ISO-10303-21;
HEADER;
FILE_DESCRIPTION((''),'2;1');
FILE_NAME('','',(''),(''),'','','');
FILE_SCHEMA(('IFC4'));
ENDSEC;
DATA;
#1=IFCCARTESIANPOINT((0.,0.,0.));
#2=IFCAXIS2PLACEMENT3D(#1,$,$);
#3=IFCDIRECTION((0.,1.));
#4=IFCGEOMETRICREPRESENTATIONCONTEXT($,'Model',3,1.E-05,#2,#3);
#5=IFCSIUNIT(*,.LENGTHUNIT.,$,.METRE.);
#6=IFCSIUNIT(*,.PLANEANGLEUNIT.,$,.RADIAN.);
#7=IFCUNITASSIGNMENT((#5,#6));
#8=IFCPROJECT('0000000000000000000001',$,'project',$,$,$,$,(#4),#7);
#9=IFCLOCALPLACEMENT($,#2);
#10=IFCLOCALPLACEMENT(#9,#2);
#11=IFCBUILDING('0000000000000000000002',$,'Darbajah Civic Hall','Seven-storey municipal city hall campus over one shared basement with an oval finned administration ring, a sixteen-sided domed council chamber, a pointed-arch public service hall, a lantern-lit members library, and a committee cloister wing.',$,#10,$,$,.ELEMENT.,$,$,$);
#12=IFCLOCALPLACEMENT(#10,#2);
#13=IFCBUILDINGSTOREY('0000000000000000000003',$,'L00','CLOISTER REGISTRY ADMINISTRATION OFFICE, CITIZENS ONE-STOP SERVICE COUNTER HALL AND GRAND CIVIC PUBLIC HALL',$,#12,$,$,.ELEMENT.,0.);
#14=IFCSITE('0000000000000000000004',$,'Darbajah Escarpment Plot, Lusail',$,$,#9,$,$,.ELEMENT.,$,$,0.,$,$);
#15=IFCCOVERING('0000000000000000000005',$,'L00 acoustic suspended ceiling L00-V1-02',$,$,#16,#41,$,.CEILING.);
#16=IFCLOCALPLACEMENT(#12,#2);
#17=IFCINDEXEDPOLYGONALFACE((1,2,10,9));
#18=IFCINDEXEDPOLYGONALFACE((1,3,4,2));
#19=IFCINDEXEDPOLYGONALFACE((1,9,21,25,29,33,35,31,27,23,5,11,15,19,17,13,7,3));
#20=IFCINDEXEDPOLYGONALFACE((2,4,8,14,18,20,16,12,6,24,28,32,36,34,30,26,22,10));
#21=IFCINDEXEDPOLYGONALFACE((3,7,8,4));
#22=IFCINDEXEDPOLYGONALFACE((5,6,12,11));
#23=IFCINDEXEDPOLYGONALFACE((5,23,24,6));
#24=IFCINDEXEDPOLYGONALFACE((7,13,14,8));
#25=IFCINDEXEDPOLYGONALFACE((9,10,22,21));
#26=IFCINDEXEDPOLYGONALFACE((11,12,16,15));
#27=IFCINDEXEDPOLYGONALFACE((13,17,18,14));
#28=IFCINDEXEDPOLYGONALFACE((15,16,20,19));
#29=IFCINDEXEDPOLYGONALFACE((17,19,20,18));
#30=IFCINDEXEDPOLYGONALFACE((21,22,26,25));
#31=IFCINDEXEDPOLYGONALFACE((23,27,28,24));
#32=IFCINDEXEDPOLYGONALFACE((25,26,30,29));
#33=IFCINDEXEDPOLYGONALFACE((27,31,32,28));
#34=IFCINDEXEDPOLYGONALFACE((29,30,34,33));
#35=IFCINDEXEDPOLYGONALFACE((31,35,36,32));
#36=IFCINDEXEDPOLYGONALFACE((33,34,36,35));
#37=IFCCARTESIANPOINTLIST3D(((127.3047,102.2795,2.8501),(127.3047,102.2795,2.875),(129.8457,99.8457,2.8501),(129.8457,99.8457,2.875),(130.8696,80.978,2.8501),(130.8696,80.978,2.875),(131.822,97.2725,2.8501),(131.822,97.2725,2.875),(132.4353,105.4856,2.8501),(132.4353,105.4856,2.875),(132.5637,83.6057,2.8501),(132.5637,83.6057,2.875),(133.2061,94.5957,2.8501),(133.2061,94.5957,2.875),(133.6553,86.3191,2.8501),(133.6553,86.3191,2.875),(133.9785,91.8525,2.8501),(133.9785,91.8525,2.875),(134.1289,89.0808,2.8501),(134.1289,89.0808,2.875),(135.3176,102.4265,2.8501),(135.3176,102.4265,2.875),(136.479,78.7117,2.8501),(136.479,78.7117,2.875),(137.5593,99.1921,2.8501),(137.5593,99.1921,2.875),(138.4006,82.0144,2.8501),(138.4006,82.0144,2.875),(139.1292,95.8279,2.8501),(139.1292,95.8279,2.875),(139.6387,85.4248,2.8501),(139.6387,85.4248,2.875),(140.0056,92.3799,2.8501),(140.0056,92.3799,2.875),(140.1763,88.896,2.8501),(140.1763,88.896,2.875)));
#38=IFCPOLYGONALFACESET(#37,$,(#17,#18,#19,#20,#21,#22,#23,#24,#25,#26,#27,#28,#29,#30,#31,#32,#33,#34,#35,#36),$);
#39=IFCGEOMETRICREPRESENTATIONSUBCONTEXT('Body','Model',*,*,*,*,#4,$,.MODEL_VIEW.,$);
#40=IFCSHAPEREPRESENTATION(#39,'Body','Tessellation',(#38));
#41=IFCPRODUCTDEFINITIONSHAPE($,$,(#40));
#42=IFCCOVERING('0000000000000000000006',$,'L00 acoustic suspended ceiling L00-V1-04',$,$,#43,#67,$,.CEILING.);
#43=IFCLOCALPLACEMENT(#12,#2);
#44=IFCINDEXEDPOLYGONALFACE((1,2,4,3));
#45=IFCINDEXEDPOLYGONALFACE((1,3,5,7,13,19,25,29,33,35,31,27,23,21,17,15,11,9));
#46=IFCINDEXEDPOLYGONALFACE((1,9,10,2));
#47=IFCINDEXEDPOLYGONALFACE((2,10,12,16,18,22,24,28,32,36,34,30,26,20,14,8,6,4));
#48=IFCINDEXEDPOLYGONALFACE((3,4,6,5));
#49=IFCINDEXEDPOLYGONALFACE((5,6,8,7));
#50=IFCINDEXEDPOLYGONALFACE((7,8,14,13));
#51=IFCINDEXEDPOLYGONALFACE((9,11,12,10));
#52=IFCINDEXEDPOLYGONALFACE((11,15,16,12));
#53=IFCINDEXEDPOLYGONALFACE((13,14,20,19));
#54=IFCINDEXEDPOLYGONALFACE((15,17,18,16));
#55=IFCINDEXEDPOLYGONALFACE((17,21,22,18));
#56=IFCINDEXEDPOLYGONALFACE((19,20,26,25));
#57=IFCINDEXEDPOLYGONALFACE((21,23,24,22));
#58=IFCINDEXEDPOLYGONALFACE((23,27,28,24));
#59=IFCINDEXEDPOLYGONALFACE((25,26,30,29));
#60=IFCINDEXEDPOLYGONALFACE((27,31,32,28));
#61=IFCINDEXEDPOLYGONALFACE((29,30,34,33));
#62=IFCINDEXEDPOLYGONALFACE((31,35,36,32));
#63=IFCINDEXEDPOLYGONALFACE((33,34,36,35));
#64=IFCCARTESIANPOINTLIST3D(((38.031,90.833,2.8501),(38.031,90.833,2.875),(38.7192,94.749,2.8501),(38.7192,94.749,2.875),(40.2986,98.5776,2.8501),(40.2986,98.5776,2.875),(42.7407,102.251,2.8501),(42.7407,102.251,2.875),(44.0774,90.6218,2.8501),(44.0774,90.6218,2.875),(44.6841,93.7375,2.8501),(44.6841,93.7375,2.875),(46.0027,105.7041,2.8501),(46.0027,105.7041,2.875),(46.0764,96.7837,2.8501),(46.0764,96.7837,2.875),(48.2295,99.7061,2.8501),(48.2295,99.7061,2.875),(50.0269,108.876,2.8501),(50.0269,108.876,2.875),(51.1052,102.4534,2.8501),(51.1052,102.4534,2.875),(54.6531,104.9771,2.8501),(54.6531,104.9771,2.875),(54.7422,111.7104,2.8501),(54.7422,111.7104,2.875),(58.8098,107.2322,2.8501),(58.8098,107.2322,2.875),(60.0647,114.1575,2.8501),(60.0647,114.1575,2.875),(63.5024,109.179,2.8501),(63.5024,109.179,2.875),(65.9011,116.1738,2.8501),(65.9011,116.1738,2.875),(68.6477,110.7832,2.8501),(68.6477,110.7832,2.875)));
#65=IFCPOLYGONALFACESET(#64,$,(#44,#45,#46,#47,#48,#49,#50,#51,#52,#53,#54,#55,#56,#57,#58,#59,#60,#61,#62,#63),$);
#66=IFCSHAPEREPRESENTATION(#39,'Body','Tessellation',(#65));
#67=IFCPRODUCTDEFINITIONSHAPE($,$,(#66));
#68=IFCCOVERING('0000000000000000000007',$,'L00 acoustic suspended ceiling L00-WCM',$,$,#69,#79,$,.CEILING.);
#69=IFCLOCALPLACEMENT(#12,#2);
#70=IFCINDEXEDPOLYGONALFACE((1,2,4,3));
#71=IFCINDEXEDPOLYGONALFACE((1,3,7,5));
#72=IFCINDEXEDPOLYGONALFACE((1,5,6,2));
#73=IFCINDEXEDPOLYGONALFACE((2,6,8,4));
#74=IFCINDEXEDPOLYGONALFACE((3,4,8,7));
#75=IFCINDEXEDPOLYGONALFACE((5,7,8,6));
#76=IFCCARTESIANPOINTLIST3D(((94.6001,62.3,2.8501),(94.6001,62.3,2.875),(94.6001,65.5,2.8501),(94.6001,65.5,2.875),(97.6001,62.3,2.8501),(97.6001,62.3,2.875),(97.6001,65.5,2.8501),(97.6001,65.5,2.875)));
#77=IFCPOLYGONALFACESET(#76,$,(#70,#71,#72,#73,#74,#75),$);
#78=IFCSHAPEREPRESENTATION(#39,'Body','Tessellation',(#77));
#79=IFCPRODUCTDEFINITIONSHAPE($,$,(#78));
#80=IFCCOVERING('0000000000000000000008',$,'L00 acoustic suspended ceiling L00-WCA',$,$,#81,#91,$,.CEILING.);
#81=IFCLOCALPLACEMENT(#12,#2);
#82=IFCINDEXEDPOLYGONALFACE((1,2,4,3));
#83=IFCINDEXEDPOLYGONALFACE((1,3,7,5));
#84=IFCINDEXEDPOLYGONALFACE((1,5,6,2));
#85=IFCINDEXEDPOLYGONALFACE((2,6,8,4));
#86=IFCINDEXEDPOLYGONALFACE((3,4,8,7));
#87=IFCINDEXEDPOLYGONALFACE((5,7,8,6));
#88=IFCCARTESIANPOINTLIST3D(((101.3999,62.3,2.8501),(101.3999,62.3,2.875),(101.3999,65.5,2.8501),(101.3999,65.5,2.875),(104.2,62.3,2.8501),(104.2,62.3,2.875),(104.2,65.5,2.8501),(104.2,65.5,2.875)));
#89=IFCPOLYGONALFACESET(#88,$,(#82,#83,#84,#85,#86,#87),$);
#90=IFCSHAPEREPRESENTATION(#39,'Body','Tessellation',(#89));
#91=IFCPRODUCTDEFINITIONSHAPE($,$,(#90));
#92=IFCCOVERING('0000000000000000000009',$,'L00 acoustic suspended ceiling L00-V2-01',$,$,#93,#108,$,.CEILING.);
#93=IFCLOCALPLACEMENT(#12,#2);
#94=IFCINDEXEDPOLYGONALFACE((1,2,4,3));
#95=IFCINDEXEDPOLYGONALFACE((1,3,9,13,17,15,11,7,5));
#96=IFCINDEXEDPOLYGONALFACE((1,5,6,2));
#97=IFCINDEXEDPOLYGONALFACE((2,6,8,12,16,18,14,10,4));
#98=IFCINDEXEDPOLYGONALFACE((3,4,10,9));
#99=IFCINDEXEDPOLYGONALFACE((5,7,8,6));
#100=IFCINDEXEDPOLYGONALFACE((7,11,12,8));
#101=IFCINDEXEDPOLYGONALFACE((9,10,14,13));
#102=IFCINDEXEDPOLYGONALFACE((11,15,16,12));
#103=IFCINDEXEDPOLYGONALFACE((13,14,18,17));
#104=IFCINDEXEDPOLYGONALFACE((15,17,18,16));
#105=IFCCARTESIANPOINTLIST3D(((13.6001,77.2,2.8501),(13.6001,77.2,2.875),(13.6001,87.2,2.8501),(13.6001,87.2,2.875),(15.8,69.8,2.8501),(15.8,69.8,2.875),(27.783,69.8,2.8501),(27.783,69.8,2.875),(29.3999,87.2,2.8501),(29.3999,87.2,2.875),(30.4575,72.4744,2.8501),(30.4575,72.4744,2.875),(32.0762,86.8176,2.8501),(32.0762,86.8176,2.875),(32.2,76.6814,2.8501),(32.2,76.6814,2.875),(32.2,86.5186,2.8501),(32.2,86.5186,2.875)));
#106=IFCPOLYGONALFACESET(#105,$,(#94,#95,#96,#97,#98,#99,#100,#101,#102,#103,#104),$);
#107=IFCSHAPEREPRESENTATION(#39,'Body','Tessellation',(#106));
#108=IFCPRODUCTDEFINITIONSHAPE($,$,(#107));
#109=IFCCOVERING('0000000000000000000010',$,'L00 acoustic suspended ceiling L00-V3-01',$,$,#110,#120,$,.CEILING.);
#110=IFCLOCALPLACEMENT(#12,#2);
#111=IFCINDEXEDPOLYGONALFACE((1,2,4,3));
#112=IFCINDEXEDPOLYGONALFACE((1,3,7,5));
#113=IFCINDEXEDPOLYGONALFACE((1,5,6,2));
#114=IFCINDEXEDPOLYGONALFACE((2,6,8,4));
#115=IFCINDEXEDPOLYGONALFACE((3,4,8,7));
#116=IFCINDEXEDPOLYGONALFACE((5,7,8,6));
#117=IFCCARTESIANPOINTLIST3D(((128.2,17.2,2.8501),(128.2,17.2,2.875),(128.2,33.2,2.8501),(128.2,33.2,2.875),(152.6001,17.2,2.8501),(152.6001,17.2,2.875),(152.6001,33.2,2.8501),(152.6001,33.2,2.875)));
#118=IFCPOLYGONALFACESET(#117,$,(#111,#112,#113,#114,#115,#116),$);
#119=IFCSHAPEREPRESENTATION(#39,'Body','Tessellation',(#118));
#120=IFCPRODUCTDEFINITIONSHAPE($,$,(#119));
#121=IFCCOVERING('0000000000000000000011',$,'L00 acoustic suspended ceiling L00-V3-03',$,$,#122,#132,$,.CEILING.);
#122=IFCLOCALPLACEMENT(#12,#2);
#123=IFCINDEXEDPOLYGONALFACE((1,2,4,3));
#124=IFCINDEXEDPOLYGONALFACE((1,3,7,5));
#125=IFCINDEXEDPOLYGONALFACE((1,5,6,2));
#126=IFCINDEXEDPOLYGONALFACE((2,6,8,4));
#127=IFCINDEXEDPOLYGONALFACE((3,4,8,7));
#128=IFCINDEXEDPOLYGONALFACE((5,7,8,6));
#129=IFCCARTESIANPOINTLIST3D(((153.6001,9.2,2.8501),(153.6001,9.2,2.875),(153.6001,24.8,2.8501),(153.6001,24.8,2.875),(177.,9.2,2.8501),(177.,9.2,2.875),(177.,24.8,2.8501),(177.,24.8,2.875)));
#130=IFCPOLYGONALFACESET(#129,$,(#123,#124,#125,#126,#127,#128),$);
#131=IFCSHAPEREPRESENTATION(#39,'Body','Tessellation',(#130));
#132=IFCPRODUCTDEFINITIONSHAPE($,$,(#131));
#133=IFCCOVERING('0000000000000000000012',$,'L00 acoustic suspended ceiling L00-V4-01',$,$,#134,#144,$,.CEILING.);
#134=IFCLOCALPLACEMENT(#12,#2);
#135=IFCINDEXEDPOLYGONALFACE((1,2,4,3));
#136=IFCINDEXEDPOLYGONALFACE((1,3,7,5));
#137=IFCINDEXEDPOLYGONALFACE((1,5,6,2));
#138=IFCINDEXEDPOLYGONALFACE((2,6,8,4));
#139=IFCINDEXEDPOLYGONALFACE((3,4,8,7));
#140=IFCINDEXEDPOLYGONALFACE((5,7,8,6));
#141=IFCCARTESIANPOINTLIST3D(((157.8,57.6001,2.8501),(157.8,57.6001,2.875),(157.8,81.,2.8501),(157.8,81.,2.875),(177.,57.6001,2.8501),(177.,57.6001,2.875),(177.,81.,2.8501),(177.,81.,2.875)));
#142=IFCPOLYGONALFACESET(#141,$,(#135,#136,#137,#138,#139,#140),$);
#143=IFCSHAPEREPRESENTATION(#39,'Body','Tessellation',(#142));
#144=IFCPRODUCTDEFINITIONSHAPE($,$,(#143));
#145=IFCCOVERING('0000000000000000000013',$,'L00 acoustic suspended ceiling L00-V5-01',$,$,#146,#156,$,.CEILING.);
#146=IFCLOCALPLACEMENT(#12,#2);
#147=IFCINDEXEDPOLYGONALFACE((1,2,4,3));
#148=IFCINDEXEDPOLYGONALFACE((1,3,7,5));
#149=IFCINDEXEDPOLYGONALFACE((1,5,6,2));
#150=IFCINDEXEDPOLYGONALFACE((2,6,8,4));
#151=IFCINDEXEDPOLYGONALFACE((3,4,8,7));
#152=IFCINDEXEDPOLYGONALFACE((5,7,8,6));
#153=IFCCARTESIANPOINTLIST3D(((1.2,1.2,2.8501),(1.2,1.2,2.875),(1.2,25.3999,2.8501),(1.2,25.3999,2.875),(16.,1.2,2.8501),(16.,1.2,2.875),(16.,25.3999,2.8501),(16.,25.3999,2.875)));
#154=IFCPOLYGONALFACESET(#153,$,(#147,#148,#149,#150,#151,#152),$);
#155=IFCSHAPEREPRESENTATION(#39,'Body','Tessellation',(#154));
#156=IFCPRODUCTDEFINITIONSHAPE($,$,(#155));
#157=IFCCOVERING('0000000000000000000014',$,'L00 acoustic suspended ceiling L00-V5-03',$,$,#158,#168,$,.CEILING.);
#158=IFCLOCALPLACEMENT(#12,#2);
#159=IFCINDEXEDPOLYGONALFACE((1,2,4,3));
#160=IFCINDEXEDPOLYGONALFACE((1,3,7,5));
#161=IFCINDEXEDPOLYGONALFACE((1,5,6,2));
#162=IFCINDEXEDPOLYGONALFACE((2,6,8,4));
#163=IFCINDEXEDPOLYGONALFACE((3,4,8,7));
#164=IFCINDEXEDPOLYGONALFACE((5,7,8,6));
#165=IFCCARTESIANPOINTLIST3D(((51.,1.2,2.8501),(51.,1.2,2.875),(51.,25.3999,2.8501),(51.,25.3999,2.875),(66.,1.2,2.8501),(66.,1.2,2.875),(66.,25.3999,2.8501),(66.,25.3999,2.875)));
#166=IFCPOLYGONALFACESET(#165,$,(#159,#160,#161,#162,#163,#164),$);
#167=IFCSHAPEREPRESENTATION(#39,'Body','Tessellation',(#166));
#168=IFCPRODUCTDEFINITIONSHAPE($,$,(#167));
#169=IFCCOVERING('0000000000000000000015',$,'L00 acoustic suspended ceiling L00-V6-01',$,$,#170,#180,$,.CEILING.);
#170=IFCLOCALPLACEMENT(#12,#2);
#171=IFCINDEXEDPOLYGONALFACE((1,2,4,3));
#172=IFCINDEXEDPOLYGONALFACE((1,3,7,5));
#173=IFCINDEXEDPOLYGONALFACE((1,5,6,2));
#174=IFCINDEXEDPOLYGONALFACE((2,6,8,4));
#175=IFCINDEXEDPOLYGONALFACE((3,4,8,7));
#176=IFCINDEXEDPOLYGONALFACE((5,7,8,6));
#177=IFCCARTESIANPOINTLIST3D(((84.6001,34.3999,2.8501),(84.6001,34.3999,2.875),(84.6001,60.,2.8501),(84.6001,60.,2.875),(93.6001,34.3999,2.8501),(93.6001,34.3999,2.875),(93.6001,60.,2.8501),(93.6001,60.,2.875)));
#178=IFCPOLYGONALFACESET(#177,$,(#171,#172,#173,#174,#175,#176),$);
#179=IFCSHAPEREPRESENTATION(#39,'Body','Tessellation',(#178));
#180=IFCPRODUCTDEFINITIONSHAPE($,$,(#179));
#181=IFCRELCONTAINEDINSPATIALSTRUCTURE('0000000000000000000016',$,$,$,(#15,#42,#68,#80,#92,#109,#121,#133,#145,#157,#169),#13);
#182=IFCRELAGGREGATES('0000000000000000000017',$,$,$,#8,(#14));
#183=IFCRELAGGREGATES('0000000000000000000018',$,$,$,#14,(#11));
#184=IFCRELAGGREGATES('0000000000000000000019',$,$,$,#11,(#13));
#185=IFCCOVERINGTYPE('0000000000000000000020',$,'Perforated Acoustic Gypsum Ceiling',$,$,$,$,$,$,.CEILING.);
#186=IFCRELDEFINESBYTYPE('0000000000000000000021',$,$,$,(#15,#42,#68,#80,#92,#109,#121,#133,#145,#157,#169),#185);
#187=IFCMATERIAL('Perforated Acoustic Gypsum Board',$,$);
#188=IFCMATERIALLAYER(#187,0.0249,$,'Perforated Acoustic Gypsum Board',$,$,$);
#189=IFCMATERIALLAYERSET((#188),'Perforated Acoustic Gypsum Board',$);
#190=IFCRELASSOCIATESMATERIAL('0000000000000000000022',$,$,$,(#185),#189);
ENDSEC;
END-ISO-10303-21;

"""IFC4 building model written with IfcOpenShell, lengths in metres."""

from ifc_helpers import new_model, si_unit, direction, frame, origin, place, context, subcontext, project, spatial, polyline, outline, extrude, material, layer, layer_set, type_object, element, save


model = new_model("IFC4")

# Units and contexts
model_context = context("Model", 3, precision=1e-05, world=origin(), true_north=direction((0.0, 1.0)))
body_context = subcontext(model_context, "Body", "Model", "MODEL_VIEW")
ifc_project = project(units=[si_unit("LENGTHUNIT", "METRE"), si_unit("PLANEANGLEUNIT", "RADIAN")], contexts=[model_context])

# Site, building, storey
site_placement = place(None, origin())
site = spatial("IfcSite", under=ifc_project, at=site_placement, Name="Darbajah Escarpment Plot, Lusail", CompositionType="ELEMENT", RefElevation=0.0)
building_placement = place(site_placement, origin())
building = spatial("IfcBuilding", under=site, at=building_placement, Name="Darbajah Civic Hall", Description="Seven-storey municipal city hall campus over one shared basement with an oval finned administration ring, a sixteen-sided domed council chamber, a pointed-arch public service hall, a lantern-lit members library, and a committee cloister wing.", CompositionType="ELEMENT")
storey_placement = place(building_placement, origin())
storey = spatial("IfcBuildingStorey", under=building, at=storey_placement, Name="L00", Description="CLOISTER REGISTRY ADMINISTRATION OFFICE, CITIZENS ONE-STOP SERVICE COUNTER HALL AND GRAND CIVIC PUBLIC HALL", CompositionType="ELEMENT", Elevation=0.0)

# Coverings
ifc_material_1 = material(Name="Perforated Acoustic Gypsum Board")
ifc_layer_1 = layer(ifc_material_1, 0.0249, Name="Perforated Acoustic Gypsum Board")
ifc_layer_set_1 = layer_set([ifc_layer_1], Name="Perforated Acoustic Gypsum Board")
covering_type_1 = type_object("IfcCoveringType", Name="Perforated Acoustic Gypsum Ceiling", PredefinedType="CEILING", material=ifc_layer_set_1)
covering_1_placement = place(storey_placement, frame((0.0, 0.0, 2.8501)))
element("IfcCovering", 1, at=covering_1_placement, inside=storey, type_object=covering_type_1, Name="L00 acoustic suspended ceiling L00-V1-02", PredefinedType="CEILING", context=body_context, shape_type="SweptSolid", body=[
    extrude(outline(polyline([(136.479, 78.7117), (138.4006, 82.0144), (139.6387, 85.4248), (140.1763, 88.896), (140.0056, 92.3799), (139.1292, 95.8279), (137.5593, 99.1921), (135.3176, 102.4265), (132.4353, 105.4856), (127.3047, 102.2795), (129.8457, 99.8457), (131.822, 97.2725), (133.2061, 94.5957), (133.9785, 91.8525), (134.1289, 89.0808), (133.6553, 86.3191), (132.5637, 83.6057), (130.8696, 80.978), (136.479, 78.7117)])), origin(), (0.0, 0.0, 1.0), 0.0249),
])
covering_2_placement = place(storey_placement, frame((0.0, 0.0, 2.8501)))
element("IfcCovering", 2, at=covering_2_placement, inside=storey, type_object=covering_type_1, Name="L00 acoustic suspended ceiling L00-V1-04", PredefinedType="CEILING", context=body_context, shape_type="SweptSolid", body=[
    extrude(outline(polyline([(65.9011, 116.1738), (60.0647, 114.1575), (54.7422, 111.7104), (50.0269, 108.876), (46.0027, 105.7041), (42.7407, 102.251), (40.2986, 98.5776), (38.7192, 94.749), (38.031, 90.833), (44.0774, 90.6218), (44.6841, 93.7375), (46.0764, 96.7837), (48.2295, 99.7061), (51.1052, 102.4534), (54.6531, 104.9771), (58.8098, 107.2322), (63.5024, 109.179), (68.6477, 110.7832), (65.9011, 116.1738)])), origin(), (0.0, 0.0, 1.0), 0.0249),
])
covering_3_placement = place(storey_placement, frame((0.0, 0.0, 2.8501)))
element("IfcCovering", 3, at=covering_3_placement, inside=storey, type_object=covering_type_1, Name="L00 acoustic suspended ceiling L00-WCM", PredefinedType="CEILING", context=body_context, shape_type="SweptSolid", body=[
    extrude(outline(polyline([(94.6001, 62.3), (97.6001, 62.3), (97.6001, 65.5), (94.6001, 65.5), (94.6001, 62.3)])), origin(), (0.0, 0.0, 1.0), 0.0249),
])
covering_4_placement = place(storey_placement, frame((0.0, 0.0, 2.8501)))
element("IfcCovering", 4, at=covering_4_placement, inside=storey, type_object=covering_type_1, Name="L00 acoustic suspended ceiling L00-WCA", PredefinedType="CEILING", context=body_context, shape_type="SweptSolid", body=[
    extrude(outline(polyline([(101.3999, 62.3), (104.2, 62.3), (104.2, 65.5), (101.3999, 65.5), (101.3999, 62.3)])), origin(), (0.0, 0.0, 1.0), 0.0249),
])
covering_5_placement = place(storey_placement, frame((0.0, 0.0, 2.8501)))
element("IfcCovering", 5, at=covering_5_placement, inside=storey, type_object=covering_type_1, Name="L00 acoustic suspended ceiling L00-V2-01", PredefinedType="CEILING", context=body_context, shape_type="SweptSolid", body=[
    extrude(outline(polyline([(13.6001, 77.2), (13.6001, 87.2), (29.3999, 87.2), (32.0762, 86.8176), (32.2, 86.5186), (32.2, 76.6814), (30.4575, 72.4744), (27.783, 69.8), (15.8, 69.8), (13.6001, 77.2)])), origin(), (0.0, 0.0, 1.0), 0.0249),
])
covering_6_placement = place(storey_placement, frame((0.0, 0.0, 2.8501)))
element("IfcCovering", 6, at=covering_6_placement, inside=storey, type_object=covering_type_1, Name="L00 acoustic suspended ceiling L00-V3-01", PredefinedType="CEILING", context=body_context, shape_type="SweptSolid", body=[
    extrude(outline(polyline([(128.2, 17.2), (152.6001, 17.2), (152.6001, 33.2), (128.2, 33.2), (128.2, 17.2)])), origin(), (0.0, 0.0, 1.0), 0.0249),
])
covering_7_placement = place(storey_placement, frame((0.0, 0.0, 2.8501)))
element("IfcCovering", 7, at=covering_7_placement, inside=storey, type_object=covering_type_1, Name="L00 acoustic suspended ceiling L00-V3-03", PredefinedType="CEILING", context=body_context, shape_type="SweptSolid", body=[
    extrude(outline(polyline([(153.6001, 9.2), (177.0, 9.2), (177.0, 24.8), (153.6001, 24.8), (153.6001, 9.2)])), origin(), (0.0, 0.0, 1.0), 0.0249),
])
covering_8_placement = place(storey_placement, frame((0.0, 0.0, 2.8501)))
element("IfcCovering", 8, at=covering_8_placement, inside=storey, type_object=covering_type_1, Name="L00 acoustic suspended ceiling L00-V4-01", PredefinedType="CEILING", context=body_context, shape_type="SweptSolid", body=[
    extrude(outline(polyline([(157.8, 57.6001), (177.0, 57.6001), (177.0, 81.0), (157.8, 81.0), (157.8, 57.6001)])), origin(), (0.0, 0.0, 1.0), 0.0249),
])
covering_9_placement = place(storey_placement, frame((0.0, 0.0, 2.8501)))
element("IfcCovering", 9, at=covering_9_placement, inside=storey, type_object=covering_type_1, Name="L00 acoustic suspended ceiling L00-V5-01", PredefinedType="CEILING", context=body_context, shape_type="SweptSolid", body=[
    extrude(outline(polyline([(1.2, 1.2), (16.0, 1.2), (16.0, 25.3999), (1.2, 25.3999), (1.2, 1.2)])), origin(), (0.0, 0.0, 1.0), 0.0249),
])
covering_10_placement = place(storey_placement, frame((0.0, 0.0, 2.8501)))
element("IfcCovering", 10, at=covering_10_placement, inside=storey, type_object=covering_type_1, Name="L00 acoustic suspended ceiling L00-V5-03", PredefinedType="CEILING", context=body_context, shape_type="SweptSolid", body=[
    extrude(outline(polyline([(51.0, 1.2), (66.0, 1.2), (66.0, 25.3999), (51.0, 25.3999), (51.0, 1.2)])), origin(), (0.0, 0.0, 1.0), 0.0249),
])
covering_11_placement = place(storey_placement, frame((0.0, 0.0, 2.8501)))
element("IfcCovering", 11, at=covering_11_placement, inside=storey, type_object=covering_type_1, Name="L00 acoustic suspended ceiling L00-V6-01", PredefinedType="CEILING", context=body_context, shape_type="SweptSolid", body=[
    extrude(outline(polyline([(84.6001, 34.3999), (93.6001, 34.3999), (93.6001, 60.0), (84.6001, 60.0), (84.6001, 34.3999)])), origin(), (0.0, 0.0, 1.0), 0.0249),
])

save(model, "model.ifc")
